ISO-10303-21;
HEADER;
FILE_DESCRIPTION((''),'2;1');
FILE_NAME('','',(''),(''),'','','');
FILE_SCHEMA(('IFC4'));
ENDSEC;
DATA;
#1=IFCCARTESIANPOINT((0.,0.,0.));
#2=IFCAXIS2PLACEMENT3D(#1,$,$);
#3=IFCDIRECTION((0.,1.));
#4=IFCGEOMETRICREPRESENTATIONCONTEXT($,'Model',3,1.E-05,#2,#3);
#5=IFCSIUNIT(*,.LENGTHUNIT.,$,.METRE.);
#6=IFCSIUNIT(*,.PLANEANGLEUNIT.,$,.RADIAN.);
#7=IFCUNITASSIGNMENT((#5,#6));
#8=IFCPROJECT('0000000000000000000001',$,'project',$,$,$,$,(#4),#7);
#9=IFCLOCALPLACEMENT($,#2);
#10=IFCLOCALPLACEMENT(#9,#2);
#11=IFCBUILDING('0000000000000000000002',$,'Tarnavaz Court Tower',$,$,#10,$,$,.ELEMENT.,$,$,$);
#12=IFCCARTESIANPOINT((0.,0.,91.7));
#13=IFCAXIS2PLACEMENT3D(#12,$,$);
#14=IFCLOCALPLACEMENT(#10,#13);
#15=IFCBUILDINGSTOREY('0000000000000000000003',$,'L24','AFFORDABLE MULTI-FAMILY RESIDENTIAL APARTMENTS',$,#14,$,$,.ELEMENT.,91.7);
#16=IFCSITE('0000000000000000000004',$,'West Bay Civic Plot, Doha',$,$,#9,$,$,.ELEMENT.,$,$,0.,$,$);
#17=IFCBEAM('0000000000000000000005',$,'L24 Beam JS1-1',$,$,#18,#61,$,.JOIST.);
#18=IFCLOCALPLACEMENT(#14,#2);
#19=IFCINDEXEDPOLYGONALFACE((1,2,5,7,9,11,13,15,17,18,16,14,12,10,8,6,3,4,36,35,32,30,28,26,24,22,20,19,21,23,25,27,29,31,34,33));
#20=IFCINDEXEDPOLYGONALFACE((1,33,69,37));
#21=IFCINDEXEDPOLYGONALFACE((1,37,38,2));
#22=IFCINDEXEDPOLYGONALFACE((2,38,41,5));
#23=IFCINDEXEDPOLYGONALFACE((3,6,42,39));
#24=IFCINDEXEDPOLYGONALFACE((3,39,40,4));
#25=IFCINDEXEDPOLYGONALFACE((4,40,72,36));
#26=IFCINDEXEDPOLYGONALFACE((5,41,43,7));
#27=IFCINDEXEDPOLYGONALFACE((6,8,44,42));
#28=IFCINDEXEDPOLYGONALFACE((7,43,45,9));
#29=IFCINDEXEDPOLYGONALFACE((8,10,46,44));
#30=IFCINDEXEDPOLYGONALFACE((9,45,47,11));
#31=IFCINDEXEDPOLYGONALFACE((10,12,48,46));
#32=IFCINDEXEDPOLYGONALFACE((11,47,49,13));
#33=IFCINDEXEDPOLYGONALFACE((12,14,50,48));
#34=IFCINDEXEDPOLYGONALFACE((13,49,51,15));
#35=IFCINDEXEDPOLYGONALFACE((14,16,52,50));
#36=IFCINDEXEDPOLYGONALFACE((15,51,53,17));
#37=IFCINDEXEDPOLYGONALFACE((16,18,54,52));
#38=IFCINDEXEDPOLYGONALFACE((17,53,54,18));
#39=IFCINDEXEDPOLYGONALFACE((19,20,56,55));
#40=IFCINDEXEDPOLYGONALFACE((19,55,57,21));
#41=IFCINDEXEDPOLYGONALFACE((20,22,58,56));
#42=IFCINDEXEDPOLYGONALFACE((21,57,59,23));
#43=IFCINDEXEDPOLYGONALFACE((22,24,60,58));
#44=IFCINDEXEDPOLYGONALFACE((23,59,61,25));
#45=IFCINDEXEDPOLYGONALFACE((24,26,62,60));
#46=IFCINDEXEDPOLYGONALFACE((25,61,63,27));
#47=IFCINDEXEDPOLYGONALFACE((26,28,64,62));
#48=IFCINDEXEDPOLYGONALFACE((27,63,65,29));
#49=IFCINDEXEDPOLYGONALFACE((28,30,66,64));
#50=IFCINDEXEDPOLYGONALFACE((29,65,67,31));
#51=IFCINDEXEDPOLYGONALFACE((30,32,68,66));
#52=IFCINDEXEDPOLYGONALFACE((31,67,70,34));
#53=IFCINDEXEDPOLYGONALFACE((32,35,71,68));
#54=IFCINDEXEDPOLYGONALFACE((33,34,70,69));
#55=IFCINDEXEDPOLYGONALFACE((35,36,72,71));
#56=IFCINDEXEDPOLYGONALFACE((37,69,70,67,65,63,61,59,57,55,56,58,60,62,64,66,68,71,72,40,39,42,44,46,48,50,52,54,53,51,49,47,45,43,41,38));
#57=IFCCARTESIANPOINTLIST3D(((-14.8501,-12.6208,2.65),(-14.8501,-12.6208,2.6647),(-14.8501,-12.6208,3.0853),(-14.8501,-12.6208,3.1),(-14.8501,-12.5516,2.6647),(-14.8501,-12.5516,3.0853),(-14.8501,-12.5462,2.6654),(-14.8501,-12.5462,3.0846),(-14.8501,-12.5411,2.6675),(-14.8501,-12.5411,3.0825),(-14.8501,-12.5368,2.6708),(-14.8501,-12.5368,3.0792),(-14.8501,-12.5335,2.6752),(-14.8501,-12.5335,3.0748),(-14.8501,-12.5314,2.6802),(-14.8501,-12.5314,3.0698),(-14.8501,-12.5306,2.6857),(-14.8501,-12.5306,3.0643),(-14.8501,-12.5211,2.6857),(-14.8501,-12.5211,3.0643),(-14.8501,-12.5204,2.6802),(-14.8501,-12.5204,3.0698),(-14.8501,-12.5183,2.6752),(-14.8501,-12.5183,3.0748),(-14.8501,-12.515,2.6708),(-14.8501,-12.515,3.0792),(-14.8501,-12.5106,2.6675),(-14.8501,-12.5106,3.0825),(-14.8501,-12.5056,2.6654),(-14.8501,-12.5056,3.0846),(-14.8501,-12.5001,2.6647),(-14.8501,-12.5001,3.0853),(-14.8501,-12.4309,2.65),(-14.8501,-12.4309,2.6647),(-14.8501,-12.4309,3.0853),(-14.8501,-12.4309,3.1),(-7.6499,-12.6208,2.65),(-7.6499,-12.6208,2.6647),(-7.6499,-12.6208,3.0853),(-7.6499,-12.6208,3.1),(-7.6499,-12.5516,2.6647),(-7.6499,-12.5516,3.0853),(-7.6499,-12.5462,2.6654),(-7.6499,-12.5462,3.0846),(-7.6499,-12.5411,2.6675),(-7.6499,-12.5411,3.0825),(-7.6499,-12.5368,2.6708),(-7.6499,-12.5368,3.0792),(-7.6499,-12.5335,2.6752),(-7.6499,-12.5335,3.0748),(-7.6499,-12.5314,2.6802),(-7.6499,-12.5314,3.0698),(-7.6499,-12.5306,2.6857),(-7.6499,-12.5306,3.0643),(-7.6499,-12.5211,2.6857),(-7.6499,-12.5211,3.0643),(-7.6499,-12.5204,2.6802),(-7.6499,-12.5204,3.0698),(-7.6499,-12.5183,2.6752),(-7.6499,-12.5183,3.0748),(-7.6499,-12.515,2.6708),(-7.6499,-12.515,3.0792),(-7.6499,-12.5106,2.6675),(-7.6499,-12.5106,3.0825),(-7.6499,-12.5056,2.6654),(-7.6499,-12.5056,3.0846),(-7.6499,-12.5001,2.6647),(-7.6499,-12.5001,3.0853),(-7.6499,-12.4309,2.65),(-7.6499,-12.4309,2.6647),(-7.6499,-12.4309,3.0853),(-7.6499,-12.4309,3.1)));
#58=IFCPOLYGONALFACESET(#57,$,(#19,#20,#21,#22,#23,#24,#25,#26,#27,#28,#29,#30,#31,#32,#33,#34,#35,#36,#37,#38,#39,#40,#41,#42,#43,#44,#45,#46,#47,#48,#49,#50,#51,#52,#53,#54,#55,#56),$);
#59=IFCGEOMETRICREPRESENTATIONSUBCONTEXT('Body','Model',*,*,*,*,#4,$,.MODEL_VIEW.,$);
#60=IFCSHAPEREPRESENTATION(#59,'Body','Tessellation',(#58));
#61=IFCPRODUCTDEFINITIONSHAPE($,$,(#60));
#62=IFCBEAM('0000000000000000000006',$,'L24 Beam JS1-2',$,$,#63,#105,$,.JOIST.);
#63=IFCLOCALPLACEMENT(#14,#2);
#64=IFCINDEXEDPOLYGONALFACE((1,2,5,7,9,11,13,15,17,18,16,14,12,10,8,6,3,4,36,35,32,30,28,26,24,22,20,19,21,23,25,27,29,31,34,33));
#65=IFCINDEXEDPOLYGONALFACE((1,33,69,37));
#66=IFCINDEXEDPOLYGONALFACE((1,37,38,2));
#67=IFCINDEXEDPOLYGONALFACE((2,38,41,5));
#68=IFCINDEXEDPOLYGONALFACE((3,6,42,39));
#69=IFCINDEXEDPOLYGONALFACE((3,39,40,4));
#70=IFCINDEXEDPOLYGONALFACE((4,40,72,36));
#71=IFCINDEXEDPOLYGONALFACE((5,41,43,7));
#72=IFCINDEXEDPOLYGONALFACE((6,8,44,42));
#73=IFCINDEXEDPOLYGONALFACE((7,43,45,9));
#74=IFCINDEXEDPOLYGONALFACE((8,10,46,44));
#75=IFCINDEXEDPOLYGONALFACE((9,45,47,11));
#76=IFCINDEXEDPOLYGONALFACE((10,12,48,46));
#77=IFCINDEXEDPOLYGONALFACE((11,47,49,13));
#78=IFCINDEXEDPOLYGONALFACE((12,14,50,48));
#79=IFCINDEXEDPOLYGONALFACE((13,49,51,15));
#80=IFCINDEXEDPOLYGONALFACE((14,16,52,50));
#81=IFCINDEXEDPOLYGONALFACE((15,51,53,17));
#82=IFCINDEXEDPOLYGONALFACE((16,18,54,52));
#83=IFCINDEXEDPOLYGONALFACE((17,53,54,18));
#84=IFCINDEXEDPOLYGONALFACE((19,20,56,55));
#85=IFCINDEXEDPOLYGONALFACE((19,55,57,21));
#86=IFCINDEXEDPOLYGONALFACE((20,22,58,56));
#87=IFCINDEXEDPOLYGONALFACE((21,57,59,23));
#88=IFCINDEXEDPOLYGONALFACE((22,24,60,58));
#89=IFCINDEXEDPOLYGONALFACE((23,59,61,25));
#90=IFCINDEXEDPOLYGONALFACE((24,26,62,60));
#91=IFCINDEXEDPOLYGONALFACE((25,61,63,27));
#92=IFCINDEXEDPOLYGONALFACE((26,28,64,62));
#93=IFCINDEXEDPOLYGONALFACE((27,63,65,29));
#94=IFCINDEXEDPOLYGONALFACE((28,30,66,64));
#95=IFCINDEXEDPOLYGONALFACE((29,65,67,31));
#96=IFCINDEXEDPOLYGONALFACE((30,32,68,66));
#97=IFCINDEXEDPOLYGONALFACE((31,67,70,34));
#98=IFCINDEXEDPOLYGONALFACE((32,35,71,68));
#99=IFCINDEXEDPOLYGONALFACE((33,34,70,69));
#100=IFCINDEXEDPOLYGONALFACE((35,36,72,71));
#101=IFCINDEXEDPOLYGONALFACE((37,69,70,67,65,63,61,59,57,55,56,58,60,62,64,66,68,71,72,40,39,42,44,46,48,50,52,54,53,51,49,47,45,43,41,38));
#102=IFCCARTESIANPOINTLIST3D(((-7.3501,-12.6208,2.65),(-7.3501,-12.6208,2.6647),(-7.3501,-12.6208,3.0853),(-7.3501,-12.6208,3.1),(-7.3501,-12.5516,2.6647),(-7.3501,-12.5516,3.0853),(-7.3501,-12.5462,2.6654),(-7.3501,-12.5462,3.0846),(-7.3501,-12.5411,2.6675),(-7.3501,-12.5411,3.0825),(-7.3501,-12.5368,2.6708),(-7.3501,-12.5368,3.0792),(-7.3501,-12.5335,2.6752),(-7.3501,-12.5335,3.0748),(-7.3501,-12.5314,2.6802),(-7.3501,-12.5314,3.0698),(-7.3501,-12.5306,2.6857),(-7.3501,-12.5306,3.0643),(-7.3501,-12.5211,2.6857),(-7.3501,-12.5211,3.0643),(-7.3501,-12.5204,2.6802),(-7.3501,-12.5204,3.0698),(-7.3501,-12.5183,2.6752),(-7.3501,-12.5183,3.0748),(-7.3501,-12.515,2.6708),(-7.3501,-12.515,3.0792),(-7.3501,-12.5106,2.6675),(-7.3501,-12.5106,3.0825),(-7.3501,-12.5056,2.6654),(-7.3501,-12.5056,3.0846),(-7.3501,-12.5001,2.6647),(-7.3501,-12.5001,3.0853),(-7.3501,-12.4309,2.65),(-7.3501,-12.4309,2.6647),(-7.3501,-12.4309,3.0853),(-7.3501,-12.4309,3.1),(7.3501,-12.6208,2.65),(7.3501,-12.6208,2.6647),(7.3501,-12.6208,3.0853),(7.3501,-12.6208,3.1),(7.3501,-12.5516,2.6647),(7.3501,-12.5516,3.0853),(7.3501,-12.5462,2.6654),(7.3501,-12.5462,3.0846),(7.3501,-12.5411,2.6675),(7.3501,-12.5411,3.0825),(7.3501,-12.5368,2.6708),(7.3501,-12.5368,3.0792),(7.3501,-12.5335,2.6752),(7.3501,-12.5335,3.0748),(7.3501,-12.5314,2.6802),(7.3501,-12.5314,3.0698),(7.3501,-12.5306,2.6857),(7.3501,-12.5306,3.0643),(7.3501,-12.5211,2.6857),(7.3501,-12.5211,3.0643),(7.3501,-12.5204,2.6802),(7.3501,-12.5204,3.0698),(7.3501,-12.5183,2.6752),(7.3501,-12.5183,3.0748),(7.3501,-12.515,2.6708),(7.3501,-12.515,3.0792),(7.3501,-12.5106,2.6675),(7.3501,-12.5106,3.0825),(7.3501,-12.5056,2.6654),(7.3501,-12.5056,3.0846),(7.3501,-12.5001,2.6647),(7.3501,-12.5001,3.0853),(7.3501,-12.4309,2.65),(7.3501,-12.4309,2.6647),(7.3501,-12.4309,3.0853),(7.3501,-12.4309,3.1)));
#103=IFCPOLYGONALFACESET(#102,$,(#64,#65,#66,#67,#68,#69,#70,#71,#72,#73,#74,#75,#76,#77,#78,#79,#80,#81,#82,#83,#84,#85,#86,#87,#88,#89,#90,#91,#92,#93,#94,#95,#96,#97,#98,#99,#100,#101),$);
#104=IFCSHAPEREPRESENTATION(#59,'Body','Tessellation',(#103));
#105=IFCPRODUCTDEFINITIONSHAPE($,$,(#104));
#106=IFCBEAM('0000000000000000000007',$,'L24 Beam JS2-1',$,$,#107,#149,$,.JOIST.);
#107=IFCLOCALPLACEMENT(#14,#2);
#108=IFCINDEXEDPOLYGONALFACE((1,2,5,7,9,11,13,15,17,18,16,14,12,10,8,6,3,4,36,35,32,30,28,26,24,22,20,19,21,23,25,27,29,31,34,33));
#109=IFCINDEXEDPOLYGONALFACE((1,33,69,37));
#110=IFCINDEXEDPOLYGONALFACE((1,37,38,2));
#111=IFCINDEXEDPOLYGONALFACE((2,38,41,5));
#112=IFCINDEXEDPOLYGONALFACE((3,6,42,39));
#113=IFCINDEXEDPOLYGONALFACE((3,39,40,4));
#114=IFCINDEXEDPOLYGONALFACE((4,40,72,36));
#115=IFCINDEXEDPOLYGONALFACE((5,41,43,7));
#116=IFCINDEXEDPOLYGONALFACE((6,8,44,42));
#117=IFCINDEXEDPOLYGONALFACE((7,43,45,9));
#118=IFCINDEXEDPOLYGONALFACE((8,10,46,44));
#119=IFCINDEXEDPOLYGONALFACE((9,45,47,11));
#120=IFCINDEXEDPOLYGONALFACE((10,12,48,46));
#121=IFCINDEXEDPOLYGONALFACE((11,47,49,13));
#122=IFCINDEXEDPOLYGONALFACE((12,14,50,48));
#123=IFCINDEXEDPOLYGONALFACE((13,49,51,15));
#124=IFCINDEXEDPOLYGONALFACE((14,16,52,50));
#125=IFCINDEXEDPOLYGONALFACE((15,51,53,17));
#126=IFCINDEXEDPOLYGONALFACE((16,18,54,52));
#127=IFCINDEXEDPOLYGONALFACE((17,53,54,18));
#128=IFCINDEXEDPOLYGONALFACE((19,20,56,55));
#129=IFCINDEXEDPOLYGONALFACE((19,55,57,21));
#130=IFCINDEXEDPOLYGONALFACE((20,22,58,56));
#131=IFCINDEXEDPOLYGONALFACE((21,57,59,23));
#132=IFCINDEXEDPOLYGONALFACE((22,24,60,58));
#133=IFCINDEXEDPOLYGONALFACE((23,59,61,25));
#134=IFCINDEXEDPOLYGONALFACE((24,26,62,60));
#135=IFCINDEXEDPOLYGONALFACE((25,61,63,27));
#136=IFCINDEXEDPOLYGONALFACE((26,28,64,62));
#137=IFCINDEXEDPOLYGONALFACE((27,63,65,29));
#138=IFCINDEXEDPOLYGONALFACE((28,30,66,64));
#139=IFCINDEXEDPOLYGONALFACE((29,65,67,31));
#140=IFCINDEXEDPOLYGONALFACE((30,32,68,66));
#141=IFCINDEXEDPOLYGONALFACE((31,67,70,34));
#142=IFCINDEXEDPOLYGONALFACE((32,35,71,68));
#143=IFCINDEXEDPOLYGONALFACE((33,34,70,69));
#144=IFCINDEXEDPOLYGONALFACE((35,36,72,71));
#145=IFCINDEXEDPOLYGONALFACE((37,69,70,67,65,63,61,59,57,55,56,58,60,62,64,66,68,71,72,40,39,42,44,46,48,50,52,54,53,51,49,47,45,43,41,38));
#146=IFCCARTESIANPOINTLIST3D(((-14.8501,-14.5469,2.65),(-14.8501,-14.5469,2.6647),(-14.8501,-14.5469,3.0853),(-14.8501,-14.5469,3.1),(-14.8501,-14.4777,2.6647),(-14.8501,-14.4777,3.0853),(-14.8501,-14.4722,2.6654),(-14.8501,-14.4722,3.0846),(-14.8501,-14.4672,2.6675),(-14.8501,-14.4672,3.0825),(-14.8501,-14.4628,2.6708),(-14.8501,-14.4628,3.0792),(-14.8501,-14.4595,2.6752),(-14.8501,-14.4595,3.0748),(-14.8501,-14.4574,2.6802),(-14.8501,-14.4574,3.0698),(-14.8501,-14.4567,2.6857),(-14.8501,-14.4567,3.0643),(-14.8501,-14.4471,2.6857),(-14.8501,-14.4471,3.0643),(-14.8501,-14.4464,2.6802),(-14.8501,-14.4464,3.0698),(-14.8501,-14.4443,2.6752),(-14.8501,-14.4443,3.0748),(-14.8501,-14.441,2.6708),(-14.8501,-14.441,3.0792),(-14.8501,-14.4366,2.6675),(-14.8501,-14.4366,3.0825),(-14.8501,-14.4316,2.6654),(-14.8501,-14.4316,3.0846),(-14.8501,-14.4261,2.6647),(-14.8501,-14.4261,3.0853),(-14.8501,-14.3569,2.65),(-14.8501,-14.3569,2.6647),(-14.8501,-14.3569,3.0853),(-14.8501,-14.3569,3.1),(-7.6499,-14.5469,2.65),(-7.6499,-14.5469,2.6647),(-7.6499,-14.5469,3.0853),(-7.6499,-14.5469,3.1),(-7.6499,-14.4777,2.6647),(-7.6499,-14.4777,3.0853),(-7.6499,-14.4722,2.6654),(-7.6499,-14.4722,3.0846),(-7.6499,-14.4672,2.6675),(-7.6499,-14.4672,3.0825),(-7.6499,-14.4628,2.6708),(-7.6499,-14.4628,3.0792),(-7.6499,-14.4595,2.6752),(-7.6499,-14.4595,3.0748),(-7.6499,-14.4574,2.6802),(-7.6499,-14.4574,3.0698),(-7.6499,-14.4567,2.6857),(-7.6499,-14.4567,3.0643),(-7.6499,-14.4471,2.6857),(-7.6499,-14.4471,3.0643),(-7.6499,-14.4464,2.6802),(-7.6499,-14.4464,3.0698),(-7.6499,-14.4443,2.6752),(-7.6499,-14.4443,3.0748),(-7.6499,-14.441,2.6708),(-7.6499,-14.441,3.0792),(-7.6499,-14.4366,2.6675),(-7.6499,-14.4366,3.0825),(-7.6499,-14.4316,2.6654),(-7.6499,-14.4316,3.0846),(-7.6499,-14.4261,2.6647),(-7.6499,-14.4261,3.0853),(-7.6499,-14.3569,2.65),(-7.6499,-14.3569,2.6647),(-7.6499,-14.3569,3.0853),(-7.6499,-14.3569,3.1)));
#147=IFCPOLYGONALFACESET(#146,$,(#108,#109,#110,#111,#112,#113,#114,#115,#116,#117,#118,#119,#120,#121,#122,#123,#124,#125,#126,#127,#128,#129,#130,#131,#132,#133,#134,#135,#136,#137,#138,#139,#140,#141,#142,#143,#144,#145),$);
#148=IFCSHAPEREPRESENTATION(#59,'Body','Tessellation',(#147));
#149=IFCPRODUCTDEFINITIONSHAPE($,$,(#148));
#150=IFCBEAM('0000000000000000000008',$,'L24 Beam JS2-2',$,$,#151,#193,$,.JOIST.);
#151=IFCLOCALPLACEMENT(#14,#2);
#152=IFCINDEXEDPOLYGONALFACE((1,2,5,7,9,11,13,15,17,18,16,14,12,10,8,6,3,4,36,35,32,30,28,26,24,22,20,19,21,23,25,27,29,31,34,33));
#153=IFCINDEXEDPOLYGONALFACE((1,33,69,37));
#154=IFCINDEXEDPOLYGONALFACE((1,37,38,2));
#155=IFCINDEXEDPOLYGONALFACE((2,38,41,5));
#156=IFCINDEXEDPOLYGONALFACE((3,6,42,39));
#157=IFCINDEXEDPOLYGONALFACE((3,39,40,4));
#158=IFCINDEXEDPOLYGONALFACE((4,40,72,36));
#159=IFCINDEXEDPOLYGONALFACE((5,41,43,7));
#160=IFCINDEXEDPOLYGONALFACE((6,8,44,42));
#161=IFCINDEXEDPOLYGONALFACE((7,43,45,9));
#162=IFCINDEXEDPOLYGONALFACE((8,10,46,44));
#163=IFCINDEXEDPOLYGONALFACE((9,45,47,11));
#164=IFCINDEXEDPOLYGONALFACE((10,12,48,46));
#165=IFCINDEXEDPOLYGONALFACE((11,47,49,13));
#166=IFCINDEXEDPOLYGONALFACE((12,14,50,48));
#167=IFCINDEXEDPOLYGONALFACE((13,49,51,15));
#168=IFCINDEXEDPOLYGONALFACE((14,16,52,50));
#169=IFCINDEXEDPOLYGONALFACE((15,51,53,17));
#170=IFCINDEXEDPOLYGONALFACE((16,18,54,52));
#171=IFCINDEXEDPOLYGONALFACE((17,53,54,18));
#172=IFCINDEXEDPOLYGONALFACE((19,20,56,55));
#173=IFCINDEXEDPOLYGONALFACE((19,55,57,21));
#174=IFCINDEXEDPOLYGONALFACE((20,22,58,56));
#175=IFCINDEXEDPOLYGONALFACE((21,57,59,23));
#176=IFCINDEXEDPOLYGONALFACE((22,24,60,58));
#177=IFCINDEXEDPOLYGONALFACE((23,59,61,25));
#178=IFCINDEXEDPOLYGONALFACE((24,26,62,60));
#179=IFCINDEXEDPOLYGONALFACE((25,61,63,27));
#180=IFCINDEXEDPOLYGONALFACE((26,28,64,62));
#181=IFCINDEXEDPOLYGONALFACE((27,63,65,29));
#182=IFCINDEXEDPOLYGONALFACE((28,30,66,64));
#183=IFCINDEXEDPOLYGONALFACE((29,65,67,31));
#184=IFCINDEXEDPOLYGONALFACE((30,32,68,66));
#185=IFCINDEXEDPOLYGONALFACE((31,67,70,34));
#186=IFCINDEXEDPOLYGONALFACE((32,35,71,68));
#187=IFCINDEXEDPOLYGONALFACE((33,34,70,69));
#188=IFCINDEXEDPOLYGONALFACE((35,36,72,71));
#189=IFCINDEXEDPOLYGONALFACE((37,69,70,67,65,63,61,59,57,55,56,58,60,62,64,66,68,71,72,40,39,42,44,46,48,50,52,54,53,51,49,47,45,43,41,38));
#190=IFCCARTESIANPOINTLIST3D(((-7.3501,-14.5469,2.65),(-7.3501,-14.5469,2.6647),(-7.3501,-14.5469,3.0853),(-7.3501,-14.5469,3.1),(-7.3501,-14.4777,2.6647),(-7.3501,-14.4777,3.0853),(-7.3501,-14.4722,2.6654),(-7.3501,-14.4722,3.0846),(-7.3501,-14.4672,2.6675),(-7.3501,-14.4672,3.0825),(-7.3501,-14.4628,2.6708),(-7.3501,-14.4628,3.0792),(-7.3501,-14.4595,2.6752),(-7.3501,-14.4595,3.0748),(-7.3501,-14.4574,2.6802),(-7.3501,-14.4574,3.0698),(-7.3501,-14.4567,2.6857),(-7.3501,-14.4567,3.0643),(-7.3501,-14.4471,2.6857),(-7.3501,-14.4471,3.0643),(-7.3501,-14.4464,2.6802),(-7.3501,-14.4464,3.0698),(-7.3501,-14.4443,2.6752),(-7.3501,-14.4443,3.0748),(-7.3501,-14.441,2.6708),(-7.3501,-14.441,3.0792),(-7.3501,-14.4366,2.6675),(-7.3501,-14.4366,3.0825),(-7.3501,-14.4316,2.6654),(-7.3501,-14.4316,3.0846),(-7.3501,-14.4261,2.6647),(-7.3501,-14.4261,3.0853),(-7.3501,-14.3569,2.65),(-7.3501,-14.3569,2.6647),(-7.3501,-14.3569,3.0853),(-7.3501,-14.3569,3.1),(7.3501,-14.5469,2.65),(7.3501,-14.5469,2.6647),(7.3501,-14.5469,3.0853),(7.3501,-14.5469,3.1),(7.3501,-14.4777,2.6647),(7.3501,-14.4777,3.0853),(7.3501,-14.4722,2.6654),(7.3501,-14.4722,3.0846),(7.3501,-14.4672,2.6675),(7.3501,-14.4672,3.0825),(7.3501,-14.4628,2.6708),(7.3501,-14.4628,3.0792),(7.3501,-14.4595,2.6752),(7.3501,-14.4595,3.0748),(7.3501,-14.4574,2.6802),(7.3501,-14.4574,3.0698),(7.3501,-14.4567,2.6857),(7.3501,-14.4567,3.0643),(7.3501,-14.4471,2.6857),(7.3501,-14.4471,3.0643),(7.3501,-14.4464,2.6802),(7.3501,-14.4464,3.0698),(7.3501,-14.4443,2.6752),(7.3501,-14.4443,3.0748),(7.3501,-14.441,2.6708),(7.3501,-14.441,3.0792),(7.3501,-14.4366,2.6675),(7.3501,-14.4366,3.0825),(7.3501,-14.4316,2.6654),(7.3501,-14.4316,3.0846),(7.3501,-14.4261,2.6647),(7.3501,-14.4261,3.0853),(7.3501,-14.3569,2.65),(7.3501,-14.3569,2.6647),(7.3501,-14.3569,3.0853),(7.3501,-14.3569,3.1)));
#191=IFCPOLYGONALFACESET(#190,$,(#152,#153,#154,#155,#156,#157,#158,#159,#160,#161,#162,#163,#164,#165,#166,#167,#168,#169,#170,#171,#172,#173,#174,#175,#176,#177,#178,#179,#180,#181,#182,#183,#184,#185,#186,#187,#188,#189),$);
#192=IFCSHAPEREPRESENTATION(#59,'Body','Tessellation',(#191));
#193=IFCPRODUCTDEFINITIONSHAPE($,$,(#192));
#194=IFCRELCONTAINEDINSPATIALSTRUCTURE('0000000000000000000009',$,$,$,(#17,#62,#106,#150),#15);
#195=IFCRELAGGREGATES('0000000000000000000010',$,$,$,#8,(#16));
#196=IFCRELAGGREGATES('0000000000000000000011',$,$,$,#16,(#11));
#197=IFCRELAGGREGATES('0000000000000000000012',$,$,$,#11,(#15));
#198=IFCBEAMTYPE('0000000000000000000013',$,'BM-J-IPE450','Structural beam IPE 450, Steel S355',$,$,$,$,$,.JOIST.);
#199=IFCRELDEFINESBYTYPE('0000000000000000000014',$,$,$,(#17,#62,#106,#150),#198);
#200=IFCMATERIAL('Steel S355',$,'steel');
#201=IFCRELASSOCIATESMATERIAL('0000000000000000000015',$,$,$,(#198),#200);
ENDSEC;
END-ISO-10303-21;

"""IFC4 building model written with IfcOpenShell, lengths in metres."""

from ifc_helpers import new_model, si_unit, direction, frame, origin, origin_2d, place, context, subcontext, project, spatial, i_section, extrude, material, material_profile, profile_set, type_object, element, save


model = new_model("IFC4")

# Units and contexts
model_context = context("Model", 3, precision=1e-05, world=origin(), true_north=direction((0.0, 1.0)))
body_context = subcontext(model_context, "Body", "Model", "MODEL_VIEW")
ifc_project = project(units=[si_unit("LENGTHUNIT", "METRE"), si_unit("PLANEANGLEUNIT", "RADIAN")], contexts=[model_context])

# Site, building, storey
site_placement = place(None, origin())
site = spatial("IfcSite", under=ifc_project, at=site_placement, Name="West Bay Civic Plot, Doha", CompositionType="ELEMENT", RefElevation=0.0)
building_placement = place(site_placement, origin())
building = spatial("IfcBuilding", under=site, at=building_placement, Name="Tarnavaz Court Tower", CompositionType="ELEMENT")
storey_placement = place(building_placement, frame((0.0, 0.0, 91.7)))
storey = spatial("IfcBuildingStorey", under=building, at=storey_placement, Name="L24", Description="AFFORDABLE MULTI-FAMILY RESIDENTIAL APARTMENTS", CompositionType="ELEMENT", Elevation=91.7)

# Beams
ifc_material_1 = material(Name="Steel S355", Category="steel")
ifc_material_profile_1 = material_profile(ifc_material_1, i_section(OverallWidth=0.1899, OverallDepth=0.45, WebThickness=0.0095, FlangeThickness=0.0146, FilletRadius=0.021, at=origin_2d()), Name="IPE 450")
ifc_profile_set_1 = profile_set([ifc_material_profile_1], Name="Steel S355")
beam_type_1 = type_object("IfcBeamType", Name="BM-J-IPE450", Description="Structural beam IPE 450, Steel S355", PredefinedType="JOIST", material=ifc_profile_set_1)
beam_1_placement = place(storey_placement, frame((-14.8501, -12.5259, 2.875), z_axis=(1.0, 0.0, 0.0), x_axis=(0.0, 1.0, 0.0)))
element("IfcBeam", 1, at=beam_1_placement, inside=storey, type_object=beam_type_1, Name="L24 Beam JS1-1", PredefinedType="JOIST", context=body_context, shape_type="SweptSolid", body=[
    extrude(i_section(OverallWidth=0.1899, OverallDepth=0.45, WebThickness=0.0095, FlangeThickness=0.0146, FilletRadius=0.021, at=origin_2d()), origin(), (0.0, 0.0, 1.0), 7.2002),
])
beam_2_placement = place(storey_placement, frame((-7.3501, -12.5259, 2.875), z_axis=(1.0, 0.0, 0.0), x_axis=(0.0, 1.0, 0.0)))
element("IfcBeam", 2, at=beam_2_placement, inside=storey, type_object=beam_type_1, Name="L24 Beam JS1-2", PredefinedType="JOIST", context=body_context, shape_type="SweptSolid", body=[
    extrude(i_section(OverallWidth=0.1899, OverallDepth=0.45, WebThickness=0.0095, FlangeThickness=0.0146, FilletRadius=0.021, at=origin_2d()), origin(), (0.0, 0.0, 1.0), 14.7002),
])
beam_3_placement = place(storey_placement, frame((-14.8501, -14.4519, 2.875), z_axis=(1.0, 0.0, 0.0), x_axis=(0.0, 1.0, 0.0)))
element("IfcBeam", 3, at=beam_3_placement, inside=storey, type_object=beam_type_1, Name="L24 Beam JS2-1", PredefinedType="JOIST", context=body_context, shape_type="SweptSolid", body=[
    extrude(i_section(OverallWidth=0.1899, OverallDepth=0.45, WebThickness=0.0095, FlangeThickness=0.0146, FilletRadius=0.021, at=origin_2d()), origin(), (0.0, 0.0, 1.0), 7.2002),
])
for number, where, z_axis, x_axis, name in (
    (4, (-7.3501, -14.4519, 2.875), (1.0, 0.0, 0.0), (0.0, 1.0, 0.0), "L24 Beam JS2-2"),
):
    element("IfcBeam", number, at=place(storey_placement, frame(where, z_axis=z_axis, x_axis=x_axis)), inside=storey, type_object=beam_type_1, Name=name, PredefinedType="JOIST", context=body_context, shape_type="SweptSolid", body=[
        extrude(i_section(OverallWidth=0.1899, OverallDepth=0.45, WebThickness=0.0095, FlangeThickness=0.0146, FilletRadius=0.021, at=origin_2d()), origin(), (0.0, 0.0, 1.0), 14.7002),
    ])

save(model, "model.ifc")
